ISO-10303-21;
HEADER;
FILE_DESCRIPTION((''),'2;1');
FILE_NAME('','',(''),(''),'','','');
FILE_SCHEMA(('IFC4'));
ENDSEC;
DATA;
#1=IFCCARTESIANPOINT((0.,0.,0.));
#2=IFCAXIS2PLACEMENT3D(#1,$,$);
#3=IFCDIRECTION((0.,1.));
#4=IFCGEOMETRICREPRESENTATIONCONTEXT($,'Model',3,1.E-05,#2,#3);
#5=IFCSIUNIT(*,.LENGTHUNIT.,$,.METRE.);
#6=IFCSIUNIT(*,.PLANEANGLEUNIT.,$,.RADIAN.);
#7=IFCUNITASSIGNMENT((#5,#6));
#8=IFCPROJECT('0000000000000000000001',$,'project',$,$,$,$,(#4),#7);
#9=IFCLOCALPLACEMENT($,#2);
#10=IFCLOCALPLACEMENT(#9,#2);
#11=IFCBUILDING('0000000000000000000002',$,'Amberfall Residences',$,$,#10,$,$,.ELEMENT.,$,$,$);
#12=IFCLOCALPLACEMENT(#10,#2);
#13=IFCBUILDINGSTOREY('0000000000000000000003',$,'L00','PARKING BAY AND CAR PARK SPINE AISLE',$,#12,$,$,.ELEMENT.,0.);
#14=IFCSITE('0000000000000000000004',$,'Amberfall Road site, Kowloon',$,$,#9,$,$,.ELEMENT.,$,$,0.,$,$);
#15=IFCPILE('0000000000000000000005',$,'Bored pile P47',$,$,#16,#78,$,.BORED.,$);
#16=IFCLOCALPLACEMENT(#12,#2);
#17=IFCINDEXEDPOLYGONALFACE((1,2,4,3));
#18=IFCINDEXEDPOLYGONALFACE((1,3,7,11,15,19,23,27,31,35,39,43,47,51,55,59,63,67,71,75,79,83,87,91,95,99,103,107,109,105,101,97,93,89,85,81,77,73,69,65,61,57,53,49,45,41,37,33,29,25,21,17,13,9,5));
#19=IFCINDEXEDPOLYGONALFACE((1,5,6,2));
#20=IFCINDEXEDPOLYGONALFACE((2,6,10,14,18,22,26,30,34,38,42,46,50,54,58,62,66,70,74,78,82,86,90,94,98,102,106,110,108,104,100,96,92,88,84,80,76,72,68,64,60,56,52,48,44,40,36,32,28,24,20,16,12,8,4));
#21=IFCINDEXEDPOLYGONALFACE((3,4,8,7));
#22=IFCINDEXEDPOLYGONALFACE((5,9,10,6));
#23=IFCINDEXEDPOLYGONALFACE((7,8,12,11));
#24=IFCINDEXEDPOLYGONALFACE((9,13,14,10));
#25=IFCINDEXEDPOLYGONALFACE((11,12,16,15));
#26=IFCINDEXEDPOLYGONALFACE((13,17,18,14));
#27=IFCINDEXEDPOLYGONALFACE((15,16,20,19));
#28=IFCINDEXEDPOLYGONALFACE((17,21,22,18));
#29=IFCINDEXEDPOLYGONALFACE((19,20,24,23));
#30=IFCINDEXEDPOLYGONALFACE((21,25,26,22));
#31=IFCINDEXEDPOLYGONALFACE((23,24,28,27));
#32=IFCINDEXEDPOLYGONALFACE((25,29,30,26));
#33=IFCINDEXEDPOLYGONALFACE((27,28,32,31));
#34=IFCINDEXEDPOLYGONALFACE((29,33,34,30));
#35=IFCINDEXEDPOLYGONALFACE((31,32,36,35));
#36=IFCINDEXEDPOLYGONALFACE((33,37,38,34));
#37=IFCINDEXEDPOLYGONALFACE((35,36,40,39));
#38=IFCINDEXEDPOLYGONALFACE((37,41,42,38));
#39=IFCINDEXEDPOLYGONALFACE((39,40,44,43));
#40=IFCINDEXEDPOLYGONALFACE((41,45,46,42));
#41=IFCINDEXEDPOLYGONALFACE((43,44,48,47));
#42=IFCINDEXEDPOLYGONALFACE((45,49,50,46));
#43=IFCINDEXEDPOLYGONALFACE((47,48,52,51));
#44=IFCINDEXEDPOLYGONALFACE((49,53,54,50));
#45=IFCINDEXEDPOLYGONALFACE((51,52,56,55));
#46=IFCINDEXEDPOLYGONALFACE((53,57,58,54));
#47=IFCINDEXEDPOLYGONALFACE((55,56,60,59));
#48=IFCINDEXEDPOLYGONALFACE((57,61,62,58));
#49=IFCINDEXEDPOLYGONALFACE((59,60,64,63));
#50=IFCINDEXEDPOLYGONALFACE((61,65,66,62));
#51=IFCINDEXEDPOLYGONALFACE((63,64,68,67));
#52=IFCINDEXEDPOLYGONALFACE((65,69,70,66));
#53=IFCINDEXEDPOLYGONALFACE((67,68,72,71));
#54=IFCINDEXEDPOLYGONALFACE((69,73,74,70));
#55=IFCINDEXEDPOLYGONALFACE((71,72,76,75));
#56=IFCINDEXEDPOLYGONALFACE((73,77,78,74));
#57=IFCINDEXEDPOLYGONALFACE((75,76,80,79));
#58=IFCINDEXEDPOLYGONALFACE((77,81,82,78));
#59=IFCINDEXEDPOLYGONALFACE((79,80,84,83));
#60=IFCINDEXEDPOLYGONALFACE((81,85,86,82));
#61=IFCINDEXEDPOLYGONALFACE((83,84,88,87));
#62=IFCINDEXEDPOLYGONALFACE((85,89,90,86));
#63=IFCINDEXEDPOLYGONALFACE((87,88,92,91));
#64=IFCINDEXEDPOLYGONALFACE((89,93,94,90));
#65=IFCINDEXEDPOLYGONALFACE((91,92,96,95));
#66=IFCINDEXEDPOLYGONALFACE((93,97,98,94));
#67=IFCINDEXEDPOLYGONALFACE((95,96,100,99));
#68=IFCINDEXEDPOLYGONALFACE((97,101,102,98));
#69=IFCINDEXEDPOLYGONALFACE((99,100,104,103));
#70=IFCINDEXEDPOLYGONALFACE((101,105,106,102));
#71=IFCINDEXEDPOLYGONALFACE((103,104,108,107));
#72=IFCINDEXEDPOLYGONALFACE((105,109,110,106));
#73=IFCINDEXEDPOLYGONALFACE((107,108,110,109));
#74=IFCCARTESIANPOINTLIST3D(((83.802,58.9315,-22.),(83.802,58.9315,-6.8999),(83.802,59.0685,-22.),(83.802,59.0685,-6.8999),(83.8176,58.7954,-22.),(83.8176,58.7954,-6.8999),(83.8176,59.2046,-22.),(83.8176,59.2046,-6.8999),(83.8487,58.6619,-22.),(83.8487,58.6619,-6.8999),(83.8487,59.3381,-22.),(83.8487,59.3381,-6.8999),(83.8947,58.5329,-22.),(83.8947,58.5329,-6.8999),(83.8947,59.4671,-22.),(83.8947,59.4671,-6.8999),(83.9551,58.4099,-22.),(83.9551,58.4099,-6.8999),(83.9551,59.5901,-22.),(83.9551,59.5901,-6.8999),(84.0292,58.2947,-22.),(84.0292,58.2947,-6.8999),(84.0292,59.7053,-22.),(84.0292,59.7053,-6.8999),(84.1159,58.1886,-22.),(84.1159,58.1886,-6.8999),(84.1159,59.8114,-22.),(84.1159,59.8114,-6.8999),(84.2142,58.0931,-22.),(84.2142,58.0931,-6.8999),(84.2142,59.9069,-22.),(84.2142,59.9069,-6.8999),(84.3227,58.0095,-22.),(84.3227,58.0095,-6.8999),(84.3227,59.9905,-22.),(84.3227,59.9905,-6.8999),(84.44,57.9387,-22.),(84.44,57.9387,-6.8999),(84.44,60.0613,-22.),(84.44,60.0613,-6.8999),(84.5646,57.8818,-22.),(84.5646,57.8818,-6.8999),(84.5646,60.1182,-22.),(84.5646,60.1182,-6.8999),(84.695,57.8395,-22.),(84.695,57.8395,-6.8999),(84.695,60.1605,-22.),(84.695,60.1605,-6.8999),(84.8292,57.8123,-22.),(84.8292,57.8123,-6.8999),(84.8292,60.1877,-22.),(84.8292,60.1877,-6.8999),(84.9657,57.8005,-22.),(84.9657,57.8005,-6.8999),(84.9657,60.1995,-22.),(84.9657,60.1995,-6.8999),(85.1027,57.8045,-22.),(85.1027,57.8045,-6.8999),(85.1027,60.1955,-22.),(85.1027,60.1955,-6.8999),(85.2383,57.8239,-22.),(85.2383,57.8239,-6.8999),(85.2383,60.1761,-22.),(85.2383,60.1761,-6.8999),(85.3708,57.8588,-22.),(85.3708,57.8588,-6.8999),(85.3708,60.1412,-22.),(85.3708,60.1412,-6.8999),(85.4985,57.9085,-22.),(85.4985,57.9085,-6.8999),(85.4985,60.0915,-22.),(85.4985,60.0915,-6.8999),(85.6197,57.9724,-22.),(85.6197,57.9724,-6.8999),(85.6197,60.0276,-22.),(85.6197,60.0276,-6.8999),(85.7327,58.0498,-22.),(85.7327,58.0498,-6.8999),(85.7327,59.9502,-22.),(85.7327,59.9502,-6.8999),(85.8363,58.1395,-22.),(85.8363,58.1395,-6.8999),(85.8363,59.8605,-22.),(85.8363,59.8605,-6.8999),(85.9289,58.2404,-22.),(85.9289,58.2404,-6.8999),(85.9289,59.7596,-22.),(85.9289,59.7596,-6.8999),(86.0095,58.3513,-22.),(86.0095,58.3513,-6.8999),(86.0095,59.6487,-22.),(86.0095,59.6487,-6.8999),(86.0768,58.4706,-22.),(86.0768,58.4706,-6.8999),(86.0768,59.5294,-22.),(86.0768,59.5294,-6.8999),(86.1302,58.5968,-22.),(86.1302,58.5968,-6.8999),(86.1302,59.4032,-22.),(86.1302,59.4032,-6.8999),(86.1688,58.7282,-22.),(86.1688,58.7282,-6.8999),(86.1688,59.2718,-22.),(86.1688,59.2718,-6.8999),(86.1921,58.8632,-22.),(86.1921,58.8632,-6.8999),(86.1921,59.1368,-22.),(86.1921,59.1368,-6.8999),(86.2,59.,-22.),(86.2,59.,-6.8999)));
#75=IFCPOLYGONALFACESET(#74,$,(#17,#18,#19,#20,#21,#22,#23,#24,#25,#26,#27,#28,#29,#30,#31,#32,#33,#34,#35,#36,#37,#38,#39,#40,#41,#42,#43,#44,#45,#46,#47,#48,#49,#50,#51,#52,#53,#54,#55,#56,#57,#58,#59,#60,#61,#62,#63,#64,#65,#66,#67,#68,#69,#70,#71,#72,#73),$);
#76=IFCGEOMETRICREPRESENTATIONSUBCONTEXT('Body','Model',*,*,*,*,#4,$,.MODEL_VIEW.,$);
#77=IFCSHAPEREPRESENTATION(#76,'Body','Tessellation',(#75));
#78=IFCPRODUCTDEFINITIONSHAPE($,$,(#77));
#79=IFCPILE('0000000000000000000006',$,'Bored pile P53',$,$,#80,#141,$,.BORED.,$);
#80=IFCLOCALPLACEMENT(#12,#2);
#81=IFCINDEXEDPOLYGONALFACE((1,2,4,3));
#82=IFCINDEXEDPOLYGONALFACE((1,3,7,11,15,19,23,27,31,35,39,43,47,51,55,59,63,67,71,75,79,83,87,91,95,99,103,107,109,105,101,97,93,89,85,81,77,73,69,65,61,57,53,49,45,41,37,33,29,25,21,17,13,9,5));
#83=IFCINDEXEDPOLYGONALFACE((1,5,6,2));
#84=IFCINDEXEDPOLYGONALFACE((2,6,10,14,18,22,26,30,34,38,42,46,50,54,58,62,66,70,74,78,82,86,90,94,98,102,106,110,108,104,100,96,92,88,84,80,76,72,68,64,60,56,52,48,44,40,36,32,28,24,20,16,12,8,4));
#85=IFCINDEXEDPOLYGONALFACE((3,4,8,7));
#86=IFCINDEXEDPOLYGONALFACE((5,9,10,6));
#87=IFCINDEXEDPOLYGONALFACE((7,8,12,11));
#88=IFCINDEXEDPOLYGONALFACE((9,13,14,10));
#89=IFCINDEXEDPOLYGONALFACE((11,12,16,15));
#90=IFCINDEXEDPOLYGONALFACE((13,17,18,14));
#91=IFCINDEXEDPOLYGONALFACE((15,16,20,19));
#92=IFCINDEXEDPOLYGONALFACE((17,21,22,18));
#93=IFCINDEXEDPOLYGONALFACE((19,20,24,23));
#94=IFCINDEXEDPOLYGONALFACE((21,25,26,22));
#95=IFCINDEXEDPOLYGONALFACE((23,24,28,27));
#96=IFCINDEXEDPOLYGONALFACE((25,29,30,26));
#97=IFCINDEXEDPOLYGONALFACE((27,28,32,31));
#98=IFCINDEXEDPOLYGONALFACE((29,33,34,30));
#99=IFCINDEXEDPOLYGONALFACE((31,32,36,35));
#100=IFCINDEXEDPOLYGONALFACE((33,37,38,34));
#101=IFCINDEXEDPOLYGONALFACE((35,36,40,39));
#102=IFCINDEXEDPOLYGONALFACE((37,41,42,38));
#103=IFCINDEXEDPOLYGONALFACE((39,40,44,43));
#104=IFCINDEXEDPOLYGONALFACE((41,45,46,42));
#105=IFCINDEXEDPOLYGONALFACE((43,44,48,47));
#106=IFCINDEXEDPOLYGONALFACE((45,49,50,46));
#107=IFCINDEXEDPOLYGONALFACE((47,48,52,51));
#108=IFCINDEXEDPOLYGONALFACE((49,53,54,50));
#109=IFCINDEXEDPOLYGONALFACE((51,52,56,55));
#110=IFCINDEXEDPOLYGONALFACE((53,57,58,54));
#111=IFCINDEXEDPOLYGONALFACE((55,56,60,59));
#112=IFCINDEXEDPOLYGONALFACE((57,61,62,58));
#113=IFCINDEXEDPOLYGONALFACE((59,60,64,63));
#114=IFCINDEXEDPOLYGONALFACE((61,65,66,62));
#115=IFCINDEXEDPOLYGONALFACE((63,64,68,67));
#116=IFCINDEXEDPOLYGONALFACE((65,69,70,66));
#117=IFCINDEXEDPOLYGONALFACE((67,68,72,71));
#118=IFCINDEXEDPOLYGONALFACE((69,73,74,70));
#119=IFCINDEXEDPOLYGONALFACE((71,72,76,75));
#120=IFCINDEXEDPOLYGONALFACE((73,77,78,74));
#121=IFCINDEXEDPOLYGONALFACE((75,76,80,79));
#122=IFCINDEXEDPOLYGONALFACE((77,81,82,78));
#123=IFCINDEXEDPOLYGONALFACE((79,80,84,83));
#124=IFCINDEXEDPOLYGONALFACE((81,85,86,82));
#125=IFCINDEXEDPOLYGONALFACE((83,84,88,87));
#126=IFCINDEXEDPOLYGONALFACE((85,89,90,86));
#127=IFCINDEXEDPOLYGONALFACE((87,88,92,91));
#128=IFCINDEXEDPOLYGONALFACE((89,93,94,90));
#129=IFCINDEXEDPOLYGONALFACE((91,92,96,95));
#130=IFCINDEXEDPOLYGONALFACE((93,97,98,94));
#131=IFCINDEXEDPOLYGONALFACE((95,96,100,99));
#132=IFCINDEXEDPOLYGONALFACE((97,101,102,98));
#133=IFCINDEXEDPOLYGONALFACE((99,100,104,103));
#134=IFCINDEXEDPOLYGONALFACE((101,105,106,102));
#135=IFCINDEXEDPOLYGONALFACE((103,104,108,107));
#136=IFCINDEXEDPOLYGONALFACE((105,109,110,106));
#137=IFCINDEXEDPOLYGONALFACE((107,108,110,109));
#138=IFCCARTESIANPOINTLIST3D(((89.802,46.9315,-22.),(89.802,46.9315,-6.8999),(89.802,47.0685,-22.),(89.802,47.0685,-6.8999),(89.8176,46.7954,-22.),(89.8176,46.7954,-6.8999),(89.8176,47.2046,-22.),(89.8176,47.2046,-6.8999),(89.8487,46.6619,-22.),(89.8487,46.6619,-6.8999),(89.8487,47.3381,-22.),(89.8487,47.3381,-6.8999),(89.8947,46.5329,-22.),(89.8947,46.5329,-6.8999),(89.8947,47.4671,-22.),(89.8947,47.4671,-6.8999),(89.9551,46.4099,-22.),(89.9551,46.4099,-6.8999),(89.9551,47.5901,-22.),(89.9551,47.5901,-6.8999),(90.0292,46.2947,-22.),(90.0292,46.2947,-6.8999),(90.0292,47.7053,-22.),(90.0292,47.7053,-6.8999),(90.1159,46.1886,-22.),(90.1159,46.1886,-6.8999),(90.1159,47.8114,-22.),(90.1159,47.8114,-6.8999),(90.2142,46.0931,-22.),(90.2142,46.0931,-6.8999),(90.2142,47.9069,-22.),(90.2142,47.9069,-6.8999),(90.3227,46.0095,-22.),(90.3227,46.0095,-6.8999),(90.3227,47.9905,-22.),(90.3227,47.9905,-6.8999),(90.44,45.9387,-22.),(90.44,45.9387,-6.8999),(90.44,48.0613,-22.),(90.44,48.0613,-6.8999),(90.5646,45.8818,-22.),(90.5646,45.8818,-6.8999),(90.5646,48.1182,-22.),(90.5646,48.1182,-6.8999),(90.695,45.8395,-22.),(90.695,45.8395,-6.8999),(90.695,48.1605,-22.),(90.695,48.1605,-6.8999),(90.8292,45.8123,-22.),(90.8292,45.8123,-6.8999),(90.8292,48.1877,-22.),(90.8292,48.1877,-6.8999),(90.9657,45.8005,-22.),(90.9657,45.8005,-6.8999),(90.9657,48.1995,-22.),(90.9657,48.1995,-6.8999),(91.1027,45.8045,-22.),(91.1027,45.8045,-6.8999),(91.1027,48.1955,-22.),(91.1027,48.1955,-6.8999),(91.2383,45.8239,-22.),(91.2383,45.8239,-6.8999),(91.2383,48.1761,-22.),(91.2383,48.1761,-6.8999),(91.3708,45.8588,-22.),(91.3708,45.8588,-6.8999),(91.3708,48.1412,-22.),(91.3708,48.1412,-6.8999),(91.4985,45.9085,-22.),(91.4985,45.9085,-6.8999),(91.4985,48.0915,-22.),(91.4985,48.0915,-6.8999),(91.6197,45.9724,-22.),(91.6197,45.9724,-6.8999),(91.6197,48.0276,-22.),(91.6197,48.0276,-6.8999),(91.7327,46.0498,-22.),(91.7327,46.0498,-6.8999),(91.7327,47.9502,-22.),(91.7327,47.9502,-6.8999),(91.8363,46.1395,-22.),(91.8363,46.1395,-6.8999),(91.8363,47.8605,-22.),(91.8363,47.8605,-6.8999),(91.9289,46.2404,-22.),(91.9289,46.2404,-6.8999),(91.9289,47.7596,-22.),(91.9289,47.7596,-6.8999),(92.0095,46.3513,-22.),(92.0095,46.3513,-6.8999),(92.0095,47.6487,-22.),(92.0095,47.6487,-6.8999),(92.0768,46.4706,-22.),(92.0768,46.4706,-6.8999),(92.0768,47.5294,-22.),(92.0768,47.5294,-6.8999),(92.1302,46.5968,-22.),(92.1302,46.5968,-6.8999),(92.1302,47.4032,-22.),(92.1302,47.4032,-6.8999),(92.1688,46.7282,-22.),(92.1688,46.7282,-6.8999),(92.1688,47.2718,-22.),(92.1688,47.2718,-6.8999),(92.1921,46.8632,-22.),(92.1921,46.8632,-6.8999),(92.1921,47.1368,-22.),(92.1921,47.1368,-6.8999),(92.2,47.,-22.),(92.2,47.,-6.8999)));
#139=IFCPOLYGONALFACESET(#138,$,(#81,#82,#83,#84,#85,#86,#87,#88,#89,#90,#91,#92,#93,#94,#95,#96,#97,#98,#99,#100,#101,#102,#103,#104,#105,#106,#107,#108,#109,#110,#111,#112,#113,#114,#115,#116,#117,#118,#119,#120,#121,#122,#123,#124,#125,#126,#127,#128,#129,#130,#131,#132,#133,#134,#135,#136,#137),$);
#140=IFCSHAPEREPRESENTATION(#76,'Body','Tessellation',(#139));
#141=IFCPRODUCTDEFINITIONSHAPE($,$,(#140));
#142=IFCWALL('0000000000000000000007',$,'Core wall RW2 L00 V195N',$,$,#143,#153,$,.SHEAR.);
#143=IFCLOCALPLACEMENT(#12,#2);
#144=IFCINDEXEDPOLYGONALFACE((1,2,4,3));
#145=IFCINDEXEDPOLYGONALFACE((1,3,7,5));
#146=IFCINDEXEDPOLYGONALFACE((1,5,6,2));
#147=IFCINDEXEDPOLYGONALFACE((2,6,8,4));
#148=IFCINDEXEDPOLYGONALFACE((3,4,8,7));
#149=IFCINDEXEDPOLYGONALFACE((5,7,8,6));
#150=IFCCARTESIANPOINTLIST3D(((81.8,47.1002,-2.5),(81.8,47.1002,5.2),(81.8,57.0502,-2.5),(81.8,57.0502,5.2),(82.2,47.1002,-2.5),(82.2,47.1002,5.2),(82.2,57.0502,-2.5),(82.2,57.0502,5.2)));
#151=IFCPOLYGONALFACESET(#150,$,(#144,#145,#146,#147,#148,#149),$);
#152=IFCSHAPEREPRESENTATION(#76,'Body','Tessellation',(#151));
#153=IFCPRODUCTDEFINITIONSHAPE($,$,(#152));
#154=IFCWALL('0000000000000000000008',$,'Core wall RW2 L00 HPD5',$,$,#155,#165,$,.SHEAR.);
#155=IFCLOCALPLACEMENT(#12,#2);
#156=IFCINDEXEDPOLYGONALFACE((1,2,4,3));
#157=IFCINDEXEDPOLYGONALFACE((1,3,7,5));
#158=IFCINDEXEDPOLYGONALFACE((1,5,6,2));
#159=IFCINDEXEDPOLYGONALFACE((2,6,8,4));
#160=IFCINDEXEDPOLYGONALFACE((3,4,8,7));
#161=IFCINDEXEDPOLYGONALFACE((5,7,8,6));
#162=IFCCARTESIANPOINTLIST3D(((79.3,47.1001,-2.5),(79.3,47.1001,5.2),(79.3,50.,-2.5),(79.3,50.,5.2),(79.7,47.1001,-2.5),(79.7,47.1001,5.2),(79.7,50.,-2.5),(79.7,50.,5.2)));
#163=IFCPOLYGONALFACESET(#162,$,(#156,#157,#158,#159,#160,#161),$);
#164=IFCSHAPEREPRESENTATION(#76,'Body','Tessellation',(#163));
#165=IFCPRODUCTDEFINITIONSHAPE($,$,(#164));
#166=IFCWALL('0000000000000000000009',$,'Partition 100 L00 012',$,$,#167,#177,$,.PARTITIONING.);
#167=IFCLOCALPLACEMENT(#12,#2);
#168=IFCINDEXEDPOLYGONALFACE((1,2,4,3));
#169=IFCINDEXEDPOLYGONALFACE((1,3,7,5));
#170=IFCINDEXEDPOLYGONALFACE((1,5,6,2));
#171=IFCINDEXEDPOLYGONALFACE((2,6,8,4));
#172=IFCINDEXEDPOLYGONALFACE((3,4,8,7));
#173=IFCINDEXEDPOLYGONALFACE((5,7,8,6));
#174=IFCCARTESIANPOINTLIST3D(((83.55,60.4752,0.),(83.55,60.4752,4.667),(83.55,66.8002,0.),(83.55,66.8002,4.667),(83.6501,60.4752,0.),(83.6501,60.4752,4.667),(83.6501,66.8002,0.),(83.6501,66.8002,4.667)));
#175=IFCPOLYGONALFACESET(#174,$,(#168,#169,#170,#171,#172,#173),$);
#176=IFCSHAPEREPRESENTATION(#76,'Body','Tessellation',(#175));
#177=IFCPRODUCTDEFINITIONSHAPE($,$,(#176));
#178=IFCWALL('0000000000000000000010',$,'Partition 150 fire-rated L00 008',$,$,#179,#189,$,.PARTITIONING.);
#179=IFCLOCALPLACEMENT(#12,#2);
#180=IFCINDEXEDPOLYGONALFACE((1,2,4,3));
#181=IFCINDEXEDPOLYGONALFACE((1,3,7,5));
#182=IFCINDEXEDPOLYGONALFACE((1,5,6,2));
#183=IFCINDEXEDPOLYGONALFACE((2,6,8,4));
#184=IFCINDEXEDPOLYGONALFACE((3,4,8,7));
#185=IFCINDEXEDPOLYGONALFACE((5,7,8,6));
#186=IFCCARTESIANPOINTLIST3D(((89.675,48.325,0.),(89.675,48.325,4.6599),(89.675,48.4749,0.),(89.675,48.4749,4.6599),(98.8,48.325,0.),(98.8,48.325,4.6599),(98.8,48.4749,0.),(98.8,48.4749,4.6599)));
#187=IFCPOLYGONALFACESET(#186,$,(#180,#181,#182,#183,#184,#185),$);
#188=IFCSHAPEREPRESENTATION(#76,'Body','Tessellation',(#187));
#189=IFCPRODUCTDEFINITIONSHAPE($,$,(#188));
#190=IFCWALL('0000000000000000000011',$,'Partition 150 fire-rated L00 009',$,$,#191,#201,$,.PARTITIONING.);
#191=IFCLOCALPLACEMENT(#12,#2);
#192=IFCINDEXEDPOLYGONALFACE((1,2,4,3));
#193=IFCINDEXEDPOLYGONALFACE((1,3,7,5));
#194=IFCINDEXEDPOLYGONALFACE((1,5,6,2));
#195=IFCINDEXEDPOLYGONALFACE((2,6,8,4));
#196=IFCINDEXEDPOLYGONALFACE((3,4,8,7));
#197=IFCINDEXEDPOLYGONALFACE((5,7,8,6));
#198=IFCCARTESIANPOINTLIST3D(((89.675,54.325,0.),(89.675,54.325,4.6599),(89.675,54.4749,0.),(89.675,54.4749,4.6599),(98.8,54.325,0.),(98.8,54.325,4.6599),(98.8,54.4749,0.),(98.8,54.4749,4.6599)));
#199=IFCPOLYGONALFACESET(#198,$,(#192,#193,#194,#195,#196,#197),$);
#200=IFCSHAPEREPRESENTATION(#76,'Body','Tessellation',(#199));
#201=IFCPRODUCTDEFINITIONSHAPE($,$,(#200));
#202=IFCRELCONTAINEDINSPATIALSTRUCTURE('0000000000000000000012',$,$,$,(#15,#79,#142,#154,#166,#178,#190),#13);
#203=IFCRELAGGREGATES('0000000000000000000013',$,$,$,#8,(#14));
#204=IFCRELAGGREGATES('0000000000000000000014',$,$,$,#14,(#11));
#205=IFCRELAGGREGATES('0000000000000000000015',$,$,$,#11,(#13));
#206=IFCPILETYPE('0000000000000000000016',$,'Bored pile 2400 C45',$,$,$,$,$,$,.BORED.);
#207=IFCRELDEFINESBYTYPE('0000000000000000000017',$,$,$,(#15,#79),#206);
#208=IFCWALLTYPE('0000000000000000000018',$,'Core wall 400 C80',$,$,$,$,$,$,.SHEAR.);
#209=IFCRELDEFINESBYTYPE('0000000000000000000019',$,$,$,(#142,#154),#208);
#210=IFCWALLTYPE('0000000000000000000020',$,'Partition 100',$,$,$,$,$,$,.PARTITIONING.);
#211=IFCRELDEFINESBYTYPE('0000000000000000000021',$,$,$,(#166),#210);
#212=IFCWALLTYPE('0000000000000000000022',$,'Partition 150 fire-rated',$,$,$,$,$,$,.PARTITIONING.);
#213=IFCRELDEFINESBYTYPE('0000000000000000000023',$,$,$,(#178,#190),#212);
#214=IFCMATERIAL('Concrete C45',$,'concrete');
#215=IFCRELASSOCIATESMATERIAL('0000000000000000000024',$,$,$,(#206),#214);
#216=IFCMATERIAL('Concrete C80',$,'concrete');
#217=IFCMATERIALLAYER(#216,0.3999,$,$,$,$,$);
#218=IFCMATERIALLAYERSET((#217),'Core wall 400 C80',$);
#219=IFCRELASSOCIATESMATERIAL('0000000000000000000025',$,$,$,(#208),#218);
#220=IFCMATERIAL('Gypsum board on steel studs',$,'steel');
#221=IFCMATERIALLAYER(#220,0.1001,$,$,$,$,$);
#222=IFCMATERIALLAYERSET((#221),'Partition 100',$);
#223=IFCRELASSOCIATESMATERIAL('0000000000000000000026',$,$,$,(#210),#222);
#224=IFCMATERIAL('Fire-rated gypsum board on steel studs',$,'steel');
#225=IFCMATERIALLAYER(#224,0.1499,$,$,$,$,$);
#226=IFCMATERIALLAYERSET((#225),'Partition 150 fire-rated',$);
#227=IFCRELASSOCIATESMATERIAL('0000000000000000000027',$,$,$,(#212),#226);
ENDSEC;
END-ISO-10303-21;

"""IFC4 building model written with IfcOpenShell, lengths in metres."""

from ifc_helpers import new_model, si_unit, direction, frame, frame_2d, origin, origin_2d, place, context, subcontext, project, spatial, rectangle, circle, extrude, material, layer, layer_set, material_profile, profile_set, type_object, element, save


model = new_model("IFC4")

# Units and contexts
model_context = context("Model", 3, precision=1e-05, world=origin(), true_north=direction((0.0, 1.0)))
body_context = subcontext(model_context, "Body", "Model", "MODEL_VIEW")
ifc_project = project(units=[si_unit("LENGTHUNIT", "METRE"), si_unit("PLANEANGLEUNIT", "RADIAN")], contexts=[model_context])

# Site, building, storey
site_placement = place(None, origin())
site = spatial("IfcSite", under=ifc_project, at=site_placement, Name="Amberfall Road site, Kowloon", CompositionType="ELEMENT", RefElevation=0.0)
building_placement = place(site_placement, origin())
building = spatial("IfcBuilding", under=site, at=building_placement, Name="Amberfall Residences", CompositionType="ELEMENT")
storey_placement = place(building_placement, origin())
storey = spatial("IfcBuildingStorey", under=building, at=storey_placement, Name="L00", Description="PARKING BAY AND CAR PARK SPINE AISLE", CompositionType="ELEMENT", Elevation=0.0)

# Piles
ifc_material_1 = material(Name="Concrete C45", Category="concrete")
ifc_material_profile = material_profile(ifc_material_1, circle(Radius=1.2, at=origin_2d()), Name="Bored pile 2400 C45")
ifc_profile_set = profile_set([ifc_material_profile], Name="Concrete C45")
pile_type = type_object("IfcPileType", Name="Bored pile 2400 C45", PredefinedType="BORED", material=ifc_profile_set)
for number, where, z_axis, x_axis, name in (
    (1, (85.0, 59.0, -6.8999), (0.0, 0.0, -1.0), (1.0, 0.0, 0.0), "Bored pile P47"),
    (2, (91.0, 47.0, -6.8999), (0.0, 0.0, -1.0), (1.0, 0.0, 0.0), "Bored pile P53"),
):
    element("IfcPile", number, at=place(storey_placement, frame(where, z_axis=z_axis, x_axis=x_axis)), inside=storey, type_object=pile_type, Name=name, PredefinedType="BORED", context=body_context, shape_type="SweptSolid", body=[
        extrude(circle(Radius=1.2, at=origin_2d()), origin(), (0.0, 0.0, 1.0), 15.1001),
    ])

# Walls
ifc_material_2 = material(Name="Concrete C80", Category="concrete")
ifc_layer_1 = layer(ifc_material_2, 0.3999)
ifc_layer_set_1 = layer_set([ifc_layer_1], Name="Core wall 400 C80")
wall_type_1 = type_object("IfcWallType", Name="Core wall 400 C80", PredefinedType="SHEAR", material=ifc_layer_set_1)
wall_1_placement = place(storey_placement, frame((82.0, 47.1001, -2.5), z_axis=(0.0, 0.0, 1.0), x_axis=(0.0, 1.0, 0.0)))
element("IfcWall", 3, at=wall_1_placement, inside=storey, type_object=wall_type_1, Name="Core wall RW2 L00 V195N", PredefinedType="SHEAR", context=body_context, shape_type="SweptSolid", body=[
    extrude(rectangle(XDim=9.95, YDim=0.3999, at=frame_2d((4.9751, 0.0))), origin(), (0.0, 0.0, 1.0), 7.7),
])
wall_2_placement = place(storey_placement, frame((79.5, 47.1001, -2.5), z_axis=(0.0, 0.0, 1.0), x_axis=(0.0, 1.0, 0.0)))
element("IfcWall", 4, at=wall_2_placement, inside=storey, type_object=wall_type_1, Name="Core wall RW2 L00 HPD5", PredefinedType="SHEAR", context=body_context, shape_type="SweptSolid", body=[
    extrude(rectangle(XDim=2.8999, YDim=0.3999, at=frame_2d((1.45, 0.0))), origin(), (0.0, 0.0, 1.0), 7.7),
])
ifc_material_3 = material(Name="Gypsum board on steel studs", Category="steel")
ifc_layer_2 = layer(ifc_material_3, 0.1001)
ifc_layer_set_2 = layer_set([ifc_layer_2], Name="Partition 100")
wall_type_2 = type_object("IfcWallType", Name="Partition 100", PredefinedType="PARTITIONING", material=ifc_layer_set_2)
wall_3_placement = place(storey_placement, frame((83.6001, 60.4751, 0.0), z_axis=(0.0, 0.0, 1.0), x_axis=(0.0, 1.0, 0.0)))
element("IfcWall", 5, at=wall_3_placement, inside=storey, type_object=wall_type_2, Name="Partition 100 L00 012", PredefinedType="PARTITIONING", context=body_context, shape_type="SweptSolid", body=[
    extrude(rectangle(XDim=6.325, YDim=0.1001, at=frame_2d((3.1626, 0.0))), origin(), (0.0, 0.0, 1.0), 4.667),
])
ifc_material_4 = material(Name="Fire-rated gypsum board on steel studs", Category="steel")
ifc_layer_3 = layer(ifc_material_4, 0.1499)
ifc_layer_set_3 = layer_set([ifc_layer_3], Name="Partition 150 fire-rated")
wall_type_3 = type_object("IfcWallType", Name="Partition 150 fire-rated", PredefinedType="PARTITIONING", material=ifc_layer_set_3)
for number, where, z_axis, x_axis, name in (
    (6, (89.675, 48.3999, 0.0), (0.0, 0.0, 1.0), (1.0, 0.0, 0.0), "Partition 150 fire-rated L00 008"),
    (7, (89.675, 54.3999, 0.0), (0.0, 0.0, 1.0), (1.0, 0.0, 0.0), "Partition 150 fire-rated L00 009"),
):
    element("IfcWall", number, at=place(storey_placement, frame(where, z_axis=z_axis, x_axis=x_axis)), inside=storey, type_object=wall_type_3, Name=name, PredefinedType="PARTITIONING", context=body_context, shape_type="SweptSolid", body=[
        extrude(rectangle(XDim=9.125, YDim=0.1499, at=frame_2d((4.5625, 0.0))), origin(), (0.0, 0.0, 1.0), 4.6599),
    ])

save(model, "model.ifc")
